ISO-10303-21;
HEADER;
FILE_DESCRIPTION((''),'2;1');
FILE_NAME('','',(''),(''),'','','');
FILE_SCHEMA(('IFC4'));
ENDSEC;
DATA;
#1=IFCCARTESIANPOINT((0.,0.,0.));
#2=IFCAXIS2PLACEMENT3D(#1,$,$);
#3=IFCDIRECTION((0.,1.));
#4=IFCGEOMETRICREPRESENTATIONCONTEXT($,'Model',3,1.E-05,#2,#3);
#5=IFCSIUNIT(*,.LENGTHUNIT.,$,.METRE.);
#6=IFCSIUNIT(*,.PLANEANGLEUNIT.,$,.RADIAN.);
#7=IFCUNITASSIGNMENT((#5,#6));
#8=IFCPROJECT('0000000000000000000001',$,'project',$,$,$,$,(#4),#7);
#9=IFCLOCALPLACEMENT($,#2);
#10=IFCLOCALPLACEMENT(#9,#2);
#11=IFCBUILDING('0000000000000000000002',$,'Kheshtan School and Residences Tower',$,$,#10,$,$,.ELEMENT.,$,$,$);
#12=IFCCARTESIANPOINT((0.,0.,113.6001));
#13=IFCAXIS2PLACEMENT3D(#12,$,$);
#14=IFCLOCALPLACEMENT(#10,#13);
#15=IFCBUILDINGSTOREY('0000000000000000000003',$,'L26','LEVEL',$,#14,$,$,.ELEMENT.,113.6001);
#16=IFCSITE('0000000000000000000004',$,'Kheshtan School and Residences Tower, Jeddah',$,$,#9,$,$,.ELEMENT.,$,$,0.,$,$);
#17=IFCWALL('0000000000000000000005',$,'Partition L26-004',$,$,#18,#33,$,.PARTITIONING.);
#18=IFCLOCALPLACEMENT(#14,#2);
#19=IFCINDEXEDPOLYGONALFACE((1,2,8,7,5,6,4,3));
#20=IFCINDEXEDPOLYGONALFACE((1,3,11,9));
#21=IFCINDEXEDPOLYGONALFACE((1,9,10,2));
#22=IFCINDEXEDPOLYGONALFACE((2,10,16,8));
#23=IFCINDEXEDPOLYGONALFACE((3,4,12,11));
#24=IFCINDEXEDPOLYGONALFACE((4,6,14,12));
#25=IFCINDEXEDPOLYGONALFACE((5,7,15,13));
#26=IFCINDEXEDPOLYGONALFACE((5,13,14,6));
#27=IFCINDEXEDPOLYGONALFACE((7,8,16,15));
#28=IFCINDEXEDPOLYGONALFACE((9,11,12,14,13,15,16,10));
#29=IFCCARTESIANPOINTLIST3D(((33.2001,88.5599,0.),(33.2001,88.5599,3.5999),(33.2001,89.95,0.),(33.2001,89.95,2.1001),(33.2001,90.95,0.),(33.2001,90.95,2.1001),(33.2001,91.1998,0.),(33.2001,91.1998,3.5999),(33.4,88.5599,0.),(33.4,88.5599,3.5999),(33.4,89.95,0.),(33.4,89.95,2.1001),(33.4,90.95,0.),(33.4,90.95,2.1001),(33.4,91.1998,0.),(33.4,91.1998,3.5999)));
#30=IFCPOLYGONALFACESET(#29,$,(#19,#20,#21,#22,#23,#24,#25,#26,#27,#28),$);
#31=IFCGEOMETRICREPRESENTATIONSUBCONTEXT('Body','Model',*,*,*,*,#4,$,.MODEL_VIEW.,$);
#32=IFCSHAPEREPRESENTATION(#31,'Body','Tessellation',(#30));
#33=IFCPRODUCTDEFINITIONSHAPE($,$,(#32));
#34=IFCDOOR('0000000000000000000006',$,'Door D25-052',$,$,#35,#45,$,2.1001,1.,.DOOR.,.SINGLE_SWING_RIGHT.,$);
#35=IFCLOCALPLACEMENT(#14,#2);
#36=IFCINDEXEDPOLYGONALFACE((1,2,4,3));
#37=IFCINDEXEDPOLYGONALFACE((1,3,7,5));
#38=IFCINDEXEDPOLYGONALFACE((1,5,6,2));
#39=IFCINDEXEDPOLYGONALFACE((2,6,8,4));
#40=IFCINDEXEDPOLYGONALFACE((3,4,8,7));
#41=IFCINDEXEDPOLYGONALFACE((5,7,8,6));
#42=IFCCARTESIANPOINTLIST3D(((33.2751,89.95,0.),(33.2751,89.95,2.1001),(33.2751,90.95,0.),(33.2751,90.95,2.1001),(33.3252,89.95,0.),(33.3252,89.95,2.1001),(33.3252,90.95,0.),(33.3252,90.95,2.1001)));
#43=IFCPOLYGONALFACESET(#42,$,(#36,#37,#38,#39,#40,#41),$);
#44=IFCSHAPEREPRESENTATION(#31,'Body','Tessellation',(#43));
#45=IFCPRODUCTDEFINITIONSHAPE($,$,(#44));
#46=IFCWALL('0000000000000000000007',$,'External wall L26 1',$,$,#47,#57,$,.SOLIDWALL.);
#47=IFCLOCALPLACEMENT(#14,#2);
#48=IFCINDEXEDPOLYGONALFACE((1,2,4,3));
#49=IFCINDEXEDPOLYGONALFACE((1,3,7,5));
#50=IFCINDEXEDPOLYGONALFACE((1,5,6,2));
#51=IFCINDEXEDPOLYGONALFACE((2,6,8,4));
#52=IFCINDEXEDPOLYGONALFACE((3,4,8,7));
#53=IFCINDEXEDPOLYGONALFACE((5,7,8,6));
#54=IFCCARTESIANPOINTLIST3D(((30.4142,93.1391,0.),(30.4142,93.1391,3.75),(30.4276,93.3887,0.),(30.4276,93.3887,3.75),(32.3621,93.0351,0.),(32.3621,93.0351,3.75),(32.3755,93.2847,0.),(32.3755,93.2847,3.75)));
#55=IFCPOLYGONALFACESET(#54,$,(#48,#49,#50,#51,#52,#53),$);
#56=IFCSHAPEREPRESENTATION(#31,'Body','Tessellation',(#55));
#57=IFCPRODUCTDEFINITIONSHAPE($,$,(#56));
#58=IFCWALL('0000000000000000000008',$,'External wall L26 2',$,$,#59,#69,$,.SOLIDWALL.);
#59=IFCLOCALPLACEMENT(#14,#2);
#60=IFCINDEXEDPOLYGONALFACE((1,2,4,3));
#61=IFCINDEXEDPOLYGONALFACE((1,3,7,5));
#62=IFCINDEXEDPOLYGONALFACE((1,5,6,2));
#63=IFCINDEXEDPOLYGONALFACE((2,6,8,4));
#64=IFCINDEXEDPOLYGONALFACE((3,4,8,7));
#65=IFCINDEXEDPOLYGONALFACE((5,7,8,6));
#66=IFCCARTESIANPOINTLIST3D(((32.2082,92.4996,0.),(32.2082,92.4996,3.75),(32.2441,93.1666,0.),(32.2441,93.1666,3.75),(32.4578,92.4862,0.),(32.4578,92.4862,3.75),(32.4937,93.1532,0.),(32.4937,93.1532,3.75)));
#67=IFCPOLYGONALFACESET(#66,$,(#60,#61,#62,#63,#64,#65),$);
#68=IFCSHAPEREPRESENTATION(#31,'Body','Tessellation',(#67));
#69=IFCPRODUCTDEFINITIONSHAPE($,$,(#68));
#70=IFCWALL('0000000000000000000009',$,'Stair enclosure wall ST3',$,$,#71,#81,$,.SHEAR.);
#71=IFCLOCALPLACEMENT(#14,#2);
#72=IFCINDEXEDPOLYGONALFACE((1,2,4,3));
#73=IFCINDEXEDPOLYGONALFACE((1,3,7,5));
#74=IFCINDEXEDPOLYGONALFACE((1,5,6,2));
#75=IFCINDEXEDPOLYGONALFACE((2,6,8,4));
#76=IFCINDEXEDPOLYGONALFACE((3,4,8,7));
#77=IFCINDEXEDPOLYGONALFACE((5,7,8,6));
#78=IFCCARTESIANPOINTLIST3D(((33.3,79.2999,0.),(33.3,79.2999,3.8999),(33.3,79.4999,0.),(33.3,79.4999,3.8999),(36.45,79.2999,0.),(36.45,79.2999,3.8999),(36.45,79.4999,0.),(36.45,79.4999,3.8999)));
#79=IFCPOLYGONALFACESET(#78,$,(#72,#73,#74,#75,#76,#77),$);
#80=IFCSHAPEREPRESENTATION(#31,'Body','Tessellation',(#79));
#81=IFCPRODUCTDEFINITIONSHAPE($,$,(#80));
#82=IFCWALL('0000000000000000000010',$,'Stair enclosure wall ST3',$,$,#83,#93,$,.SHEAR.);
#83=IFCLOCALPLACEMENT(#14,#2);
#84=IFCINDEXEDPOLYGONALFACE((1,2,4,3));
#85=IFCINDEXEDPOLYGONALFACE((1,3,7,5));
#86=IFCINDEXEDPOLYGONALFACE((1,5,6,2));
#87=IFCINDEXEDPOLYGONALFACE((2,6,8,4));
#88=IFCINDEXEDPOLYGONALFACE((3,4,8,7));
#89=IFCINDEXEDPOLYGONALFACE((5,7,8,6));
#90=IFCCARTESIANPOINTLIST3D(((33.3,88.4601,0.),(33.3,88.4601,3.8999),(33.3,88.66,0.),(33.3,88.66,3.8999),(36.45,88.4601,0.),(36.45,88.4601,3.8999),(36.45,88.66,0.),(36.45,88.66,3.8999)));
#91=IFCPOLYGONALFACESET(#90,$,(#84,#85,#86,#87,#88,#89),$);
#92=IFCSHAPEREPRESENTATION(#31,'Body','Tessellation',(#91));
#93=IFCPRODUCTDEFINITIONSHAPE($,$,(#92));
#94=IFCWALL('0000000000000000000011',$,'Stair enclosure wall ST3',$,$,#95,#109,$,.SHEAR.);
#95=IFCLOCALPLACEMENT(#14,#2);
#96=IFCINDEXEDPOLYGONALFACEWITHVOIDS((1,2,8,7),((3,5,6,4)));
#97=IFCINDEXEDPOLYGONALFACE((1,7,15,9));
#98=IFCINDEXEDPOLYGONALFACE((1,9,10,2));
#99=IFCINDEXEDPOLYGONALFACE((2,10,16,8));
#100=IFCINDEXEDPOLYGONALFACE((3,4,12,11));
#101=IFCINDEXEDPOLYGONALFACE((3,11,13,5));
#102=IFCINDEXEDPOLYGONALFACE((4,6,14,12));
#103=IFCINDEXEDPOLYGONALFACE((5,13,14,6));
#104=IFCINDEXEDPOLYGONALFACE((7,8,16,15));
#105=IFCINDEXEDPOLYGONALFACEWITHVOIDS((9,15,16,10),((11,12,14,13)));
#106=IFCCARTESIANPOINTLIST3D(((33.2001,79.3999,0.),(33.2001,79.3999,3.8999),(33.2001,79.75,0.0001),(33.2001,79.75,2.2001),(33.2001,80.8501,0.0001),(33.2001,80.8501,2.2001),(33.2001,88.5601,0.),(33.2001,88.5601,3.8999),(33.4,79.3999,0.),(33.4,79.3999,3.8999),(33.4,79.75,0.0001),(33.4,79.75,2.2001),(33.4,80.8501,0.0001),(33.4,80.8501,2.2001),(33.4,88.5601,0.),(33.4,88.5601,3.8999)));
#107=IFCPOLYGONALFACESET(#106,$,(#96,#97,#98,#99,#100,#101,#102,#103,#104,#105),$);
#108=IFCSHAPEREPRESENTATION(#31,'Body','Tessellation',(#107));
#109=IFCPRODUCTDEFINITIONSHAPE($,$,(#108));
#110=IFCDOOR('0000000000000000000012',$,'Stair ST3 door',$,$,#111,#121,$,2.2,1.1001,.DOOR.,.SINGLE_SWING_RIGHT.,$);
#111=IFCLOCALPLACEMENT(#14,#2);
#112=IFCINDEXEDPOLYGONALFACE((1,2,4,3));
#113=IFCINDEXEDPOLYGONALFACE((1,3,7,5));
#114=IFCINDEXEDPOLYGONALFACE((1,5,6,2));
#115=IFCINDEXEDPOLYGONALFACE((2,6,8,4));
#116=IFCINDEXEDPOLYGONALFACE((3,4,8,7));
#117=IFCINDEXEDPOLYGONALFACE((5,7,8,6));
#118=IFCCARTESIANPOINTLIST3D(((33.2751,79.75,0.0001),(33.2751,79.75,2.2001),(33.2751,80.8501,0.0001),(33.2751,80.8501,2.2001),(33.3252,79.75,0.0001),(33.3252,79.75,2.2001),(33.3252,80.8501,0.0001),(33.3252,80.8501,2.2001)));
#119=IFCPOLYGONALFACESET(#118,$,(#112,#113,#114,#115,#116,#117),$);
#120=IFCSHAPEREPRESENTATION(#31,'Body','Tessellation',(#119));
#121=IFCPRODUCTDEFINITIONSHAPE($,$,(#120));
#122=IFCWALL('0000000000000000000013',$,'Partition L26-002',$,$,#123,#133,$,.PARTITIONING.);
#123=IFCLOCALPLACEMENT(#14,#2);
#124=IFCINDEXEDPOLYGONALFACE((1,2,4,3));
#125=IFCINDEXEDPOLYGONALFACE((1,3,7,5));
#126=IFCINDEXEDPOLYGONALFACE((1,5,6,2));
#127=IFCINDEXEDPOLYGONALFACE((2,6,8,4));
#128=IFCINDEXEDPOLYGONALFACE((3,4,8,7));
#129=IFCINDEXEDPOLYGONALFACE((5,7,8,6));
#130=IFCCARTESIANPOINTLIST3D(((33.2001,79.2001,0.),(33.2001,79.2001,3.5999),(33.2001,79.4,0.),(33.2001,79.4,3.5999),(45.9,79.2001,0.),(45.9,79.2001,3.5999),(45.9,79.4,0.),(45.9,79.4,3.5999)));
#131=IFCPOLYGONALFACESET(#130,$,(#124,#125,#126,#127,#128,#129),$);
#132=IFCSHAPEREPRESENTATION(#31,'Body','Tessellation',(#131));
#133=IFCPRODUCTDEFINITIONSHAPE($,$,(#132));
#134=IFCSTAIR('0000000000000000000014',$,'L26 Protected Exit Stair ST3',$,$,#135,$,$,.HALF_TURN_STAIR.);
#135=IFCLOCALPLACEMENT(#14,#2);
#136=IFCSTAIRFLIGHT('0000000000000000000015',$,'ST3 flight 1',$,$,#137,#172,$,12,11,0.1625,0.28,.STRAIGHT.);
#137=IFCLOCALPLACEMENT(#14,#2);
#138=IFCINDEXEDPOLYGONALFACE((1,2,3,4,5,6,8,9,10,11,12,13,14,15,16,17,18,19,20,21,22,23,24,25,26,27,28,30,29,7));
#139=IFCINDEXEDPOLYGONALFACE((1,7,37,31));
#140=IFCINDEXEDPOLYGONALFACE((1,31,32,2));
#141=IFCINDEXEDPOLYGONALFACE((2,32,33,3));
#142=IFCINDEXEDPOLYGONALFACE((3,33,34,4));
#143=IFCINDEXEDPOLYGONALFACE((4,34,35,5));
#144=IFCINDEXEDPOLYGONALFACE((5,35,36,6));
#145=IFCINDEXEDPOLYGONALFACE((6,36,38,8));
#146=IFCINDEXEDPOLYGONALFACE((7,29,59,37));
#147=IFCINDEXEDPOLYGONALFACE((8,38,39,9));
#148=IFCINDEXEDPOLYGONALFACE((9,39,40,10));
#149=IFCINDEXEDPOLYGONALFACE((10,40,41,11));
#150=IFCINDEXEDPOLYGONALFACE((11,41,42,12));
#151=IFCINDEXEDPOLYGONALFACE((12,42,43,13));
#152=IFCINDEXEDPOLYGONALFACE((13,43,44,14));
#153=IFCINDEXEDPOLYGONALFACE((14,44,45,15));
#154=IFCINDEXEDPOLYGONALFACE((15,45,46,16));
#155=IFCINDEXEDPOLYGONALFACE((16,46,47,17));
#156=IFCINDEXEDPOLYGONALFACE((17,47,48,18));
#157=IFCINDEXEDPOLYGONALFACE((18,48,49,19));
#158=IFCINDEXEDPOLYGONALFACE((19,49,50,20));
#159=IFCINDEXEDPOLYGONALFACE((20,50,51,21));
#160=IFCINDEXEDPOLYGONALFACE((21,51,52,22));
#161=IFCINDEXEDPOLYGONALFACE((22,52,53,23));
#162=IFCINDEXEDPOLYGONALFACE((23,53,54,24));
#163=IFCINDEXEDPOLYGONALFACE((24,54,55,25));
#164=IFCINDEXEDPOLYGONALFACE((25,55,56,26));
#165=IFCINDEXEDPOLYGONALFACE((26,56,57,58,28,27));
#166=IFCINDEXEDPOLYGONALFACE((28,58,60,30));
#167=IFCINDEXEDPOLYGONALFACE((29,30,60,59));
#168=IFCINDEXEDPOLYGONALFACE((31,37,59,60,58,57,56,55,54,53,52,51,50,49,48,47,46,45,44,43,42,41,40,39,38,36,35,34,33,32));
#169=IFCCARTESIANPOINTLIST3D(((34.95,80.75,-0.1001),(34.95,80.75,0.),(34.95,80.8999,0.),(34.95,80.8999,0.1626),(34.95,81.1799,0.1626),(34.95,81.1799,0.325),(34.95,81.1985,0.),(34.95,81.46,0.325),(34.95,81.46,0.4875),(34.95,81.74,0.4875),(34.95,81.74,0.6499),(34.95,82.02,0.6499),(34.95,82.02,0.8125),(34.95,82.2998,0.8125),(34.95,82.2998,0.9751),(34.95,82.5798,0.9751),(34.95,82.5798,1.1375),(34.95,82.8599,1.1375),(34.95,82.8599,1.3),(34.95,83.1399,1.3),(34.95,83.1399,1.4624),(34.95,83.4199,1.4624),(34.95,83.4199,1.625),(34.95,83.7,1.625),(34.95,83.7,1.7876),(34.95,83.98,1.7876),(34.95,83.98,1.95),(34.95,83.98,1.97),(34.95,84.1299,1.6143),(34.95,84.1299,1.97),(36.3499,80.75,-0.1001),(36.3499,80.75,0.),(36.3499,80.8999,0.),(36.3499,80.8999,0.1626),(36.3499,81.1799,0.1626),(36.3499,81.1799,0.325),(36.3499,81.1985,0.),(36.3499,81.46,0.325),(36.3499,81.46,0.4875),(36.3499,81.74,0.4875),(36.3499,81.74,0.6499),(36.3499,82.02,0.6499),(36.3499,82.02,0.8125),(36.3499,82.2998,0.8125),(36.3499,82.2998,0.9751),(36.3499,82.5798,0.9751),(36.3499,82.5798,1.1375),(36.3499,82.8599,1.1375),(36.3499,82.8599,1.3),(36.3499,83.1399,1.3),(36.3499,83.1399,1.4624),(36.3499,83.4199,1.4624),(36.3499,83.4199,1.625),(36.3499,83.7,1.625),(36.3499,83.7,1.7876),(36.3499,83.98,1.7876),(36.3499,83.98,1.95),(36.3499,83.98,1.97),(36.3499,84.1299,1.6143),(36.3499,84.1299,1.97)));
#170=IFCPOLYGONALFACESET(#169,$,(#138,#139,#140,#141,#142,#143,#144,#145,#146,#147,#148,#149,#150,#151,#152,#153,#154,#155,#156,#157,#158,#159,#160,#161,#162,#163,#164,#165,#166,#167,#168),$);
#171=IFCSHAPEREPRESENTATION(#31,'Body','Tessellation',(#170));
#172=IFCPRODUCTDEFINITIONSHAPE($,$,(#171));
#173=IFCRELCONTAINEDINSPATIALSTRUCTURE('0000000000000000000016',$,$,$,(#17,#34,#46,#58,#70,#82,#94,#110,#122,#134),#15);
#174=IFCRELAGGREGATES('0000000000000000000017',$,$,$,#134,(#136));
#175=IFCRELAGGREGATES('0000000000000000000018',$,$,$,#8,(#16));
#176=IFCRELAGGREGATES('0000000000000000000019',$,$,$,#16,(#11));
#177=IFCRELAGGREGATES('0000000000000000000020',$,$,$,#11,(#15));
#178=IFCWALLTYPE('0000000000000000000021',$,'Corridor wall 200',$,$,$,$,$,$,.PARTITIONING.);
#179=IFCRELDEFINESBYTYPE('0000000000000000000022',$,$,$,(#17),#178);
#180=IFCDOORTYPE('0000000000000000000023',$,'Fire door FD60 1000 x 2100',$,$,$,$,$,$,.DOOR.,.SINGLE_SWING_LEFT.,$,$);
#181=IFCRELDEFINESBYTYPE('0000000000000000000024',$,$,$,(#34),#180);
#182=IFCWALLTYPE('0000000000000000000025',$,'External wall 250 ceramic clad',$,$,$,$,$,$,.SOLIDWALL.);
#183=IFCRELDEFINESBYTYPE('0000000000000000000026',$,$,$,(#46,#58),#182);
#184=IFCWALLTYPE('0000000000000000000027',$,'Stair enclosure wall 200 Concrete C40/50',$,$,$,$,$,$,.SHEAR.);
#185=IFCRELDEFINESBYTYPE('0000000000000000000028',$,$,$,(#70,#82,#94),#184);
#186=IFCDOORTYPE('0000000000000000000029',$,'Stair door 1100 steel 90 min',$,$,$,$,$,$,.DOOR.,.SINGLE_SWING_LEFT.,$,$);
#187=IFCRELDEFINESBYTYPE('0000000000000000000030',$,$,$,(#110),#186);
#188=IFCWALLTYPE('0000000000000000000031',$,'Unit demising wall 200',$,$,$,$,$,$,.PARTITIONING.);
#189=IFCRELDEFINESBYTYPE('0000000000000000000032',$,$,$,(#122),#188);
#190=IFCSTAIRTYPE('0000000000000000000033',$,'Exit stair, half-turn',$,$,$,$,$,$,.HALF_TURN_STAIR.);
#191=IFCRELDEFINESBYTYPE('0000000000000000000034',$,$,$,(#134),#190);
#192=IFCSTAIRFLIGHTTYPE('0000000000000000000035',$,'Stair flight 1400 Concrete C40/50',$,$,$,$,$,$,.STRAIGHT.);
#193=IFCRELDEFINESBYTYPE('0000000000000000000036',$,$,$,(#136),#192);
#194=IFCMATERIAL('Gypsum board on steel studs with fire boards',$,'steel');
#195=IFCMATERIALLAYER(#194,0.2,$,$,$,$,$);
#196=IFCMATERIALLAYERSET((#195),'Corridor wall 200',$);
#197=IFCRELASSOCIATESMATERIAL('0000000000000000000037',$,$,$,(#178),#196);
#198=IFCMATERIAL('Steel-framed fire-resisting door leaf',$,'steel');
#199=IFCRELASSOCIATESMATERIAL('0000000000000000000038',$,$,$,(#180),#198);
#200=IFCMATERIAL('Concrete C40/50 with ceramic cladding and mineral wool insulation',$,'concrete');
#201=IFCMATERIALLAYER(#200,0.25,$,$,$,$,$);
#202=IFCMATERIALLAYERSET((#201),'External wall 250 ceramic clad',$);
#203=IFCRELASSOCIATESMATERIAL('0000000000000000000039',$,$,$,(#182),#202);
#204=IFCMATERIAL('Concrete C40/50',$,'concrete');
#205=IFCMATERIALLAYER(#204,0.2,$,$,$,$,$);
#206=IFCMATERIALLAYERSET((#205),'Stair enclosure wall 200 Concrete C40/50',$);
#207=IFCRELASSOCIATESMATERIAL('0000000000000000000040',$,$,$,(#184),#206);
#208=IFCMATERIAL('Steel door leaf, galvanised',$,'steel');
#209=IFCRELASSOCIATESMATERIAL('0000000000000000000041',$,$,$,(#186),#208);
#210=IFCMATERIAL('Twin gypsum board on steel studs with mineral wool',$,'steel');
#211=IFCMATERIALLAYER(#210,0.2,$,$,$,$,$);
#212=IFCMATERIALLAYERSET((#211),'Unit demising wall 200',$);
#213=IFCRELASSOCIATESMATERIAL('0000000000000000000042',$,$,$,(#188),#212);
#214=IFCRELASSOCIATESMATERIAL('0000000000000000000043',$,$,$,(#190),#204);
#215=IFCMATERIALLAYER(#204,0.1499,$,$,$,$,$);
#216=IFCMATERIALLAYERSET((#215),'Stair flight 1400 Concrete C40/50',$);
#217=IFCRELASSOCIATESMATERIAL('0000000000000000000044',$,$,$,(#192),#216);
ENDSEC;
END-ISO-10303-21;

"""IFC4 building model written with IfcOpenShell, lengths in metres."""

from ifc_helpers import new_model, si_unit, direction, frame, frame_2d, origin, place, context, subcontext, project, spatial, polyline, rectangle, outline, extrude, source, transform, mapped, material, layer, layer_set, type_object, element, fill, aggregate, save


model = new_model("IFC4")

# Units and contexts
model_context = context("Model", 3, precision=1e-05, world=origin(), true_north=direction((0.0, 1.0)))
body_context = subcontext(model_context, "Body", "Model", "MODEL_VIEW")
ifc_project = project(units=[si_unit("LENGTHUNIT", "METRE"), si_unit("PLANEANGLEUNIT", "RADIAN")], contexts=[model_context])

# Site, building, storey
site_placement = place(None, origin())
site = spatial("IfcSite", under=ifc_project, at=site_placement, Name="Kheshtan School and Residences Tower, Jeddah", CompositionType="ELEMENT", RefElevation=0.0)
building_placement = place(site_placement, origin())
building = spatial("IfcBuilding", under=site, at=building_placement, Name="Kheshtan School and Residences Tower", CompositionType="ELEMENT")
storey_placement = place(building_placement, frame((0.0, 0.0, 113.6001)))
storey = spatial("IfcBuildingStorey", under=building, at=storey_placement, Name="L26", Description="LEVEL", CompositionType="ELEMENT", Elevation=113.6001)

# Shared definitions
ifc_material_1 = material(Name="Gypsum board on steel studs with fire boards", Category="steel")
ifc_layer_1 = layer(ifc_material_1, 0.2)
ifc_layer_set_1 = layer_set([ifc_layer_1], Name="Corridor wall 200")
wall_type_1 = type_object("IfcWallType", Name="Corridor wall 200", PredefinedType="PARTITIONING", material=ifc_layer_set_1)

# Wall, opening, door
wall_1_placement = place(storey_placement, frame((33.3, 88.5601, 0.0), z_axis=(0.0, 0.0, 1.0), x_axis=(0.0, 1.0, 0.0)))
wall_1 = element("IfcWall", 1, at=wall_1_placement, inside=storey, type_object=wall_type_1, Name="Partition L26-004", PredefinedType="PARTITIONING", context=body_context, shape_type="SweptSolid", body=[
    extrude(rectangle(XDim=2.6399, YDim=0.2, at=frame_2d((1.3198, 0.0))), origin(), (0.0, 0.0, 1.0), 3.5999),
])
opening_1_placement = place(wall_1_placement, frame((1.3899, 0.0, 0.0)))
opening_1 = element("IfcOpeningElement", 2, at=opening_1_placement, cuts=wall_1, PredefinedType="OPENING", context=body_context, shape_type="SweptSolid", body=[
    extrude(rectangle(XDim=1.0, YDim=2.1001, at=frame_2d((0.5, 1.05))), frame((0.0, 0.1099, 0.0), z_axis=(0.0, -1.0, 0.0), x_axis=(1.0, 0.0, 0.0)), (0.0, 0.0, 1.0), 0.22),
])
ifc_material_2 = material(Name="Steel-framed fire-resisting door leaf", Category="steel")
door_type_1 = type_object("IfcDoorType", Name="Fire door FD60 1000 x 2100", OperationType="SINGLE_SWING_LEFT", PredefinedType="DOOR", material=ifc_material_2)
shared_shape_1 = source(origin(), body_context, "Body", "SweptSolid", [
    extrude(rectangle(XDim=1.0, YDim=2.1001, at=frame_2d((0.5, 1.05))), frame((0.0, 0.0249, 0.0), z_axis=(0.0, -1.0, 0.0), x_axis=(1.0, 0.0, 0.0)), (0.0, 0.0, 1.0), 0.05),
])
door_1_placement = place(opening_1_placement, origin())
door_1 = element("IfcDoor", 3, at=door_1_placement, inside=storey, type_object=door_type_1, Name="Door D25-052", OperationType="SINGLE_SWING_RIGHT", OverallHeight=2.1001, OverallWidth=1.0, PredefinedType="DOOR", context=body_context, shape_type="MappedRepresentation", body=[
    mapped(shared_shape_1, transform((0.0, 0.0, 0.0), x_axis=(1.0, 0.0, 0.0), y_axis=(0.0, 1.0, 0.0), z_axis=(0.0, 0.0, 1.0), scale=1.0)),
])
fill(opening_1, door_1)

# Walls
ifc_material_3 = material(Name="Concrete C40/50 with ceramic cladding and mineral wool insulation", Category="concrete")
ifc_layer_2 = layer(ifc_material_3, 0.25)
ifc_layer_set_2 = layer_set([ifc_layer_2], Name="External wall 250 ceramic clad")
wall_type_2 = type_object("IfcWallType", Name="External wall 250 ceramic clad", PredefinedType="SOLIDWALL", material=ifc_layer_set_2)
wall_2_placement = place(storey_placement, frame((30.4209, 93.2639, 0.0), z_axis=(0.0, 0.0, 1.0), x_axis=(0.998578, -0.053314, 0.0)))
element("IfcWall", 4, at=wall_2_placement, inside=storey, type_object=wall_type_2, Name="External wall L26 1", PredefinedType="SOLIDWALL", context=body_context, shape_type="SweptSolid", body=[
    extrude(rectangle(XDim=1.9507, YDim=0.25, at=frame_2d((0.9753, 0.0))), origin(), (0.0, 0.0, 1.0), 3.75),
])
wall_3_placement = place(storey_placement, frame((32.3689, 93.1599, 0.0), z_axis=(0.0, 0.0, 1.0), x_axis=(-0.053729, -0.998556, 0.0)))
element("IfcWall", 5, at=wall_3_placement, inside=storey, type_object=wall_type_2, Name="External wall L26 2", PredefinedType="SOLIDWALL", context=body_context, shape_type="SweptSolid", body=[
    extrude(rectangle(XDim=0.668, YDim=0.25, at=frame_2d((0.334, 0.0))), origin(), (0.0, 0.0, 1.0), 3.75),
])
ifc_material_4 = material(Name="Concrete C40/50", Category="concrete")
ifc_layer_3 = layer(ifc_material_4, 0.2)
ifc_layer_set_3 = layer_set([ifc_layer_3], Name="Stair enclosure wall 200 Concrete C40/50")
wall_type_3 = type_object("IfcWallType", Name="Stair enclosure wall 200 Concrete C40/50", PredefinedType="SHEAR", material=ifc_layer_set_3)
for number, where, z_axis, x_axis, name in (
    (6, (33.3, 79.3999, 0.0), (0.0, 0.0, 1.0), (1.0, 0.0, 0.0), "Stair enclosure wall ST3"),
    (7, (33.3, 88.5601, 0.0), (0.0, 0.0, 1.0), (1.0, 0.0, 0.0), "Stair enclosure wall ST3"),
):
    element("IfcWall", number, at=place(storey_placement, frame(where, z_axis=z_axis, x_axis=x_axis)), inside=storey, type_object=wall_type_3, Name=name, PredefinedType="SHEAR", context=body_context, shape_type="SweptSolid", body=[
        extrude(rectangle(XDim=3.1499, YDim=0.2, at=frame_2d((1.575, 0.0))), origin(), (0.0, 0.0, 1.0), 3.8999),
    ])

# Wall, opening, door
wall_4_placement = place(storey_placement, frame((33.3, 79.3999, 0.0), z_axis=(0.0, 0.0, 1.0), x_axis=(0.0, 1.0, 0.0)))
wall_4 = element("IfcWall", 8, at=wall_4_placement, inside=storey, type_object=wall_type_3, Name="Stair enclosure wall ST3", PredefinedType="SHEAR", context=body_context, shape_type="SweptSolid", body=[
    extrude(rectangle(XDim=9.1602, YDim=0.2, at=frame_2d((4.5801, 0.0))), origin(), (0.0, 0.0, 1.0), 3.8999),
])
opening_2_placement = place(wall_4_placement, frame((0.3501, 0.0, 0.0)))
opening_2 = element("IfcOpeningElement", 9, at=opening_2_placement, cuts=wall_4, PredefinedType="OPENING", context=body_context, shape_type="SweptSolid", body=[
    extrude(rectangle(XDim=1.1001, YDim=2.2, at=frame_2d((0.55, 1.1001))), frame((0.0, 0.1099, 0.0), z_axis=(0.0, -1.0, 0.0), x_axis=(1.0, 0.0, 0.0)), (0.0, 0.0, 1.0), 0.22),
])
ifc_material_5 = material(Name="Steel door leaf, galvanised", Category="steel")
door_type_2 = type_object("IfcDoorType", Name="Stair door 1100 steel 90 min", OperationType="SINGLE_SWING_LEFT", PredefinedType="DOOR", material=ifc_material_5)
shared_shape_2 = source(origin(), body_context, "Body", "SweptSolid", [
    extrude(rectangle(XDim=1.1001, YDim=2.2, at=frame_2d((0.55, 1.1001))), frame((0.0, 0.0249, 0.0), z_axis=(0.0, -1.0, 0.0), x_axis=(1.0, 0.0, 0.0)), (0.0, 0.0, 1.0), 0.05),
])
door_2_placement = place(opening_2_placement, origin())
door_2 = element("IfcDoor", 10, at=door_2_placement, inside=storey, type_object=door_type_2, Name="Stair ST3 door", OperationType="SINGLE_SWING_RIGHT", OverallHeight=2.2, OverallWidth=1.1001, PredefinedType="DOOR", context=body_context, shape_type="MappedRepresentation", body=[
    mapped(shared_shape_2, transform((0.0, 0.0, 0.0), x_axis=(1.0, 0.0, 0.0), y_axis=(0.0, 1.0, 0.0), z_axis=(0.0, 0.0, 1.0), scale=1.0)),
])
fill(opening_2, door_2)

# Wall
ifc_material_6 = material(Name="Twin gypsum board on steel studs with mineral wool", Category="steel")
ifc_layer_4 = layer(ifc_material_6, 0.2)
ifc_layer_set_4 = layer_set([ifc_layer_4], Name="Unit demising wall 200")
wall_type_4 = type_object("IfcWallType", Name="Unit demising wall 200", PredefinedType="PARTITIONING", material=ifc_layer_set_4)
wall_5_placement = place(storey_placement, frame((33.2, 79.3, 0.0), z_axis=(0.0, 0.0, 1.0), x_axis=(1.0, 0.0, 0.0)))
element("IfcWall", 11, at=wall_5_placement, inside=storey, type_object=wall_type_4, Name="Partition L26-002", PredefinedType="PARTITIONING", context=body_context, shape_type="SweptSolid", body=[
    extrude(rectangle(XDim=12.7, YDim=0.2, at=frame_2d((6.3501, 0.0))), origin(), (0.0, 0.0, 1.0), 3.5999),
])

# Stair, stair flight
stair_type = type_object("IfcStairType", Name="Exit stair, half-turn", PredefinedType="HALF_TURN_STAIR", material=ifc_material_4)
stair_placement = place(storey_placement, origin())
stair = element("IfcStair", 12, at=stair_placement, inside=storey, type_object=stair_type, Name="L26 Protected Exit Stair ST3", PredefinedType="HALF_TURN_STAIR")
ifc_layer_5 = layer(ifc_material_4, 0.1499)
ifc_layer_set_5 = layer_set([ifc_layer_5], Name="Stair flight 1400 Concrete C40/50")
stair_flight_type = type_object("IfcStairFlightType", Name="Stair flight 1400 Concrete C40/50", PredefinedType="STRAIGHT", material=ifc_layer_set_5)
stair_flight_1_placement = place(storey_placement, frame((35.6499, 80.8999, 0.0), z_axis=(0.0, 0.0, 1.0), x_axis=(0.0, 1.0, 0.0)))
stair_flight_1 = element("IfcStairFlight", 13, at=stair_flight_1_placement, type_object=stair_flight_type, Name="ST3 flight 1", NumberOfRisers=12, NumberOfTreads=11, PredefinedType="STRAIGHT", RiserHeight=0.1625, TreadLength=0.28, context=body_context, shape_type="SweptSolid", body=[
    extrude(outline(polyline([(-0.1499, -0.1001), (-0.1499, 0.0), (0.0, 0.0), (0.0, 0.1626), (0.28, 0.1626), (0.28, 0.325), (0.5601, 0.325), (0.5601, 0.4875), (0.8401, 0.4875), (0.8401, 0.6499), (1.1201, 0.6499), (1.1201, 0.8125), (1.3999, 0.8125), (1.3999, 0.9751), (1.6799, 0.9751), (1.6799, 1.1375), (1.96, 1.1375), (1.96, 1.3), (2.24, 1.3), (2.24, 1.4624), (2.52, 1.4624), (2.52, 1.625), (2.8, 1.625), (2.8, 1.7876), (3.0801, 1.7876), (3.0801, 1.95), (3.0801, 1.97), (3.23, 1.97), (3.23, 1.6143), (0.2986, 0.0), (-0.1499, -0.1001)])), frame((0.0, 0.7, 0.0), z_axis=(0.0, -1.0, 0.0), x_axis=(1.0, 0.0, 0.0)), (0.0, 0.0, 1.0), 1.3999),
])
aggregate(stair, [stair_flight_1])

save(model, "model.ifc")
